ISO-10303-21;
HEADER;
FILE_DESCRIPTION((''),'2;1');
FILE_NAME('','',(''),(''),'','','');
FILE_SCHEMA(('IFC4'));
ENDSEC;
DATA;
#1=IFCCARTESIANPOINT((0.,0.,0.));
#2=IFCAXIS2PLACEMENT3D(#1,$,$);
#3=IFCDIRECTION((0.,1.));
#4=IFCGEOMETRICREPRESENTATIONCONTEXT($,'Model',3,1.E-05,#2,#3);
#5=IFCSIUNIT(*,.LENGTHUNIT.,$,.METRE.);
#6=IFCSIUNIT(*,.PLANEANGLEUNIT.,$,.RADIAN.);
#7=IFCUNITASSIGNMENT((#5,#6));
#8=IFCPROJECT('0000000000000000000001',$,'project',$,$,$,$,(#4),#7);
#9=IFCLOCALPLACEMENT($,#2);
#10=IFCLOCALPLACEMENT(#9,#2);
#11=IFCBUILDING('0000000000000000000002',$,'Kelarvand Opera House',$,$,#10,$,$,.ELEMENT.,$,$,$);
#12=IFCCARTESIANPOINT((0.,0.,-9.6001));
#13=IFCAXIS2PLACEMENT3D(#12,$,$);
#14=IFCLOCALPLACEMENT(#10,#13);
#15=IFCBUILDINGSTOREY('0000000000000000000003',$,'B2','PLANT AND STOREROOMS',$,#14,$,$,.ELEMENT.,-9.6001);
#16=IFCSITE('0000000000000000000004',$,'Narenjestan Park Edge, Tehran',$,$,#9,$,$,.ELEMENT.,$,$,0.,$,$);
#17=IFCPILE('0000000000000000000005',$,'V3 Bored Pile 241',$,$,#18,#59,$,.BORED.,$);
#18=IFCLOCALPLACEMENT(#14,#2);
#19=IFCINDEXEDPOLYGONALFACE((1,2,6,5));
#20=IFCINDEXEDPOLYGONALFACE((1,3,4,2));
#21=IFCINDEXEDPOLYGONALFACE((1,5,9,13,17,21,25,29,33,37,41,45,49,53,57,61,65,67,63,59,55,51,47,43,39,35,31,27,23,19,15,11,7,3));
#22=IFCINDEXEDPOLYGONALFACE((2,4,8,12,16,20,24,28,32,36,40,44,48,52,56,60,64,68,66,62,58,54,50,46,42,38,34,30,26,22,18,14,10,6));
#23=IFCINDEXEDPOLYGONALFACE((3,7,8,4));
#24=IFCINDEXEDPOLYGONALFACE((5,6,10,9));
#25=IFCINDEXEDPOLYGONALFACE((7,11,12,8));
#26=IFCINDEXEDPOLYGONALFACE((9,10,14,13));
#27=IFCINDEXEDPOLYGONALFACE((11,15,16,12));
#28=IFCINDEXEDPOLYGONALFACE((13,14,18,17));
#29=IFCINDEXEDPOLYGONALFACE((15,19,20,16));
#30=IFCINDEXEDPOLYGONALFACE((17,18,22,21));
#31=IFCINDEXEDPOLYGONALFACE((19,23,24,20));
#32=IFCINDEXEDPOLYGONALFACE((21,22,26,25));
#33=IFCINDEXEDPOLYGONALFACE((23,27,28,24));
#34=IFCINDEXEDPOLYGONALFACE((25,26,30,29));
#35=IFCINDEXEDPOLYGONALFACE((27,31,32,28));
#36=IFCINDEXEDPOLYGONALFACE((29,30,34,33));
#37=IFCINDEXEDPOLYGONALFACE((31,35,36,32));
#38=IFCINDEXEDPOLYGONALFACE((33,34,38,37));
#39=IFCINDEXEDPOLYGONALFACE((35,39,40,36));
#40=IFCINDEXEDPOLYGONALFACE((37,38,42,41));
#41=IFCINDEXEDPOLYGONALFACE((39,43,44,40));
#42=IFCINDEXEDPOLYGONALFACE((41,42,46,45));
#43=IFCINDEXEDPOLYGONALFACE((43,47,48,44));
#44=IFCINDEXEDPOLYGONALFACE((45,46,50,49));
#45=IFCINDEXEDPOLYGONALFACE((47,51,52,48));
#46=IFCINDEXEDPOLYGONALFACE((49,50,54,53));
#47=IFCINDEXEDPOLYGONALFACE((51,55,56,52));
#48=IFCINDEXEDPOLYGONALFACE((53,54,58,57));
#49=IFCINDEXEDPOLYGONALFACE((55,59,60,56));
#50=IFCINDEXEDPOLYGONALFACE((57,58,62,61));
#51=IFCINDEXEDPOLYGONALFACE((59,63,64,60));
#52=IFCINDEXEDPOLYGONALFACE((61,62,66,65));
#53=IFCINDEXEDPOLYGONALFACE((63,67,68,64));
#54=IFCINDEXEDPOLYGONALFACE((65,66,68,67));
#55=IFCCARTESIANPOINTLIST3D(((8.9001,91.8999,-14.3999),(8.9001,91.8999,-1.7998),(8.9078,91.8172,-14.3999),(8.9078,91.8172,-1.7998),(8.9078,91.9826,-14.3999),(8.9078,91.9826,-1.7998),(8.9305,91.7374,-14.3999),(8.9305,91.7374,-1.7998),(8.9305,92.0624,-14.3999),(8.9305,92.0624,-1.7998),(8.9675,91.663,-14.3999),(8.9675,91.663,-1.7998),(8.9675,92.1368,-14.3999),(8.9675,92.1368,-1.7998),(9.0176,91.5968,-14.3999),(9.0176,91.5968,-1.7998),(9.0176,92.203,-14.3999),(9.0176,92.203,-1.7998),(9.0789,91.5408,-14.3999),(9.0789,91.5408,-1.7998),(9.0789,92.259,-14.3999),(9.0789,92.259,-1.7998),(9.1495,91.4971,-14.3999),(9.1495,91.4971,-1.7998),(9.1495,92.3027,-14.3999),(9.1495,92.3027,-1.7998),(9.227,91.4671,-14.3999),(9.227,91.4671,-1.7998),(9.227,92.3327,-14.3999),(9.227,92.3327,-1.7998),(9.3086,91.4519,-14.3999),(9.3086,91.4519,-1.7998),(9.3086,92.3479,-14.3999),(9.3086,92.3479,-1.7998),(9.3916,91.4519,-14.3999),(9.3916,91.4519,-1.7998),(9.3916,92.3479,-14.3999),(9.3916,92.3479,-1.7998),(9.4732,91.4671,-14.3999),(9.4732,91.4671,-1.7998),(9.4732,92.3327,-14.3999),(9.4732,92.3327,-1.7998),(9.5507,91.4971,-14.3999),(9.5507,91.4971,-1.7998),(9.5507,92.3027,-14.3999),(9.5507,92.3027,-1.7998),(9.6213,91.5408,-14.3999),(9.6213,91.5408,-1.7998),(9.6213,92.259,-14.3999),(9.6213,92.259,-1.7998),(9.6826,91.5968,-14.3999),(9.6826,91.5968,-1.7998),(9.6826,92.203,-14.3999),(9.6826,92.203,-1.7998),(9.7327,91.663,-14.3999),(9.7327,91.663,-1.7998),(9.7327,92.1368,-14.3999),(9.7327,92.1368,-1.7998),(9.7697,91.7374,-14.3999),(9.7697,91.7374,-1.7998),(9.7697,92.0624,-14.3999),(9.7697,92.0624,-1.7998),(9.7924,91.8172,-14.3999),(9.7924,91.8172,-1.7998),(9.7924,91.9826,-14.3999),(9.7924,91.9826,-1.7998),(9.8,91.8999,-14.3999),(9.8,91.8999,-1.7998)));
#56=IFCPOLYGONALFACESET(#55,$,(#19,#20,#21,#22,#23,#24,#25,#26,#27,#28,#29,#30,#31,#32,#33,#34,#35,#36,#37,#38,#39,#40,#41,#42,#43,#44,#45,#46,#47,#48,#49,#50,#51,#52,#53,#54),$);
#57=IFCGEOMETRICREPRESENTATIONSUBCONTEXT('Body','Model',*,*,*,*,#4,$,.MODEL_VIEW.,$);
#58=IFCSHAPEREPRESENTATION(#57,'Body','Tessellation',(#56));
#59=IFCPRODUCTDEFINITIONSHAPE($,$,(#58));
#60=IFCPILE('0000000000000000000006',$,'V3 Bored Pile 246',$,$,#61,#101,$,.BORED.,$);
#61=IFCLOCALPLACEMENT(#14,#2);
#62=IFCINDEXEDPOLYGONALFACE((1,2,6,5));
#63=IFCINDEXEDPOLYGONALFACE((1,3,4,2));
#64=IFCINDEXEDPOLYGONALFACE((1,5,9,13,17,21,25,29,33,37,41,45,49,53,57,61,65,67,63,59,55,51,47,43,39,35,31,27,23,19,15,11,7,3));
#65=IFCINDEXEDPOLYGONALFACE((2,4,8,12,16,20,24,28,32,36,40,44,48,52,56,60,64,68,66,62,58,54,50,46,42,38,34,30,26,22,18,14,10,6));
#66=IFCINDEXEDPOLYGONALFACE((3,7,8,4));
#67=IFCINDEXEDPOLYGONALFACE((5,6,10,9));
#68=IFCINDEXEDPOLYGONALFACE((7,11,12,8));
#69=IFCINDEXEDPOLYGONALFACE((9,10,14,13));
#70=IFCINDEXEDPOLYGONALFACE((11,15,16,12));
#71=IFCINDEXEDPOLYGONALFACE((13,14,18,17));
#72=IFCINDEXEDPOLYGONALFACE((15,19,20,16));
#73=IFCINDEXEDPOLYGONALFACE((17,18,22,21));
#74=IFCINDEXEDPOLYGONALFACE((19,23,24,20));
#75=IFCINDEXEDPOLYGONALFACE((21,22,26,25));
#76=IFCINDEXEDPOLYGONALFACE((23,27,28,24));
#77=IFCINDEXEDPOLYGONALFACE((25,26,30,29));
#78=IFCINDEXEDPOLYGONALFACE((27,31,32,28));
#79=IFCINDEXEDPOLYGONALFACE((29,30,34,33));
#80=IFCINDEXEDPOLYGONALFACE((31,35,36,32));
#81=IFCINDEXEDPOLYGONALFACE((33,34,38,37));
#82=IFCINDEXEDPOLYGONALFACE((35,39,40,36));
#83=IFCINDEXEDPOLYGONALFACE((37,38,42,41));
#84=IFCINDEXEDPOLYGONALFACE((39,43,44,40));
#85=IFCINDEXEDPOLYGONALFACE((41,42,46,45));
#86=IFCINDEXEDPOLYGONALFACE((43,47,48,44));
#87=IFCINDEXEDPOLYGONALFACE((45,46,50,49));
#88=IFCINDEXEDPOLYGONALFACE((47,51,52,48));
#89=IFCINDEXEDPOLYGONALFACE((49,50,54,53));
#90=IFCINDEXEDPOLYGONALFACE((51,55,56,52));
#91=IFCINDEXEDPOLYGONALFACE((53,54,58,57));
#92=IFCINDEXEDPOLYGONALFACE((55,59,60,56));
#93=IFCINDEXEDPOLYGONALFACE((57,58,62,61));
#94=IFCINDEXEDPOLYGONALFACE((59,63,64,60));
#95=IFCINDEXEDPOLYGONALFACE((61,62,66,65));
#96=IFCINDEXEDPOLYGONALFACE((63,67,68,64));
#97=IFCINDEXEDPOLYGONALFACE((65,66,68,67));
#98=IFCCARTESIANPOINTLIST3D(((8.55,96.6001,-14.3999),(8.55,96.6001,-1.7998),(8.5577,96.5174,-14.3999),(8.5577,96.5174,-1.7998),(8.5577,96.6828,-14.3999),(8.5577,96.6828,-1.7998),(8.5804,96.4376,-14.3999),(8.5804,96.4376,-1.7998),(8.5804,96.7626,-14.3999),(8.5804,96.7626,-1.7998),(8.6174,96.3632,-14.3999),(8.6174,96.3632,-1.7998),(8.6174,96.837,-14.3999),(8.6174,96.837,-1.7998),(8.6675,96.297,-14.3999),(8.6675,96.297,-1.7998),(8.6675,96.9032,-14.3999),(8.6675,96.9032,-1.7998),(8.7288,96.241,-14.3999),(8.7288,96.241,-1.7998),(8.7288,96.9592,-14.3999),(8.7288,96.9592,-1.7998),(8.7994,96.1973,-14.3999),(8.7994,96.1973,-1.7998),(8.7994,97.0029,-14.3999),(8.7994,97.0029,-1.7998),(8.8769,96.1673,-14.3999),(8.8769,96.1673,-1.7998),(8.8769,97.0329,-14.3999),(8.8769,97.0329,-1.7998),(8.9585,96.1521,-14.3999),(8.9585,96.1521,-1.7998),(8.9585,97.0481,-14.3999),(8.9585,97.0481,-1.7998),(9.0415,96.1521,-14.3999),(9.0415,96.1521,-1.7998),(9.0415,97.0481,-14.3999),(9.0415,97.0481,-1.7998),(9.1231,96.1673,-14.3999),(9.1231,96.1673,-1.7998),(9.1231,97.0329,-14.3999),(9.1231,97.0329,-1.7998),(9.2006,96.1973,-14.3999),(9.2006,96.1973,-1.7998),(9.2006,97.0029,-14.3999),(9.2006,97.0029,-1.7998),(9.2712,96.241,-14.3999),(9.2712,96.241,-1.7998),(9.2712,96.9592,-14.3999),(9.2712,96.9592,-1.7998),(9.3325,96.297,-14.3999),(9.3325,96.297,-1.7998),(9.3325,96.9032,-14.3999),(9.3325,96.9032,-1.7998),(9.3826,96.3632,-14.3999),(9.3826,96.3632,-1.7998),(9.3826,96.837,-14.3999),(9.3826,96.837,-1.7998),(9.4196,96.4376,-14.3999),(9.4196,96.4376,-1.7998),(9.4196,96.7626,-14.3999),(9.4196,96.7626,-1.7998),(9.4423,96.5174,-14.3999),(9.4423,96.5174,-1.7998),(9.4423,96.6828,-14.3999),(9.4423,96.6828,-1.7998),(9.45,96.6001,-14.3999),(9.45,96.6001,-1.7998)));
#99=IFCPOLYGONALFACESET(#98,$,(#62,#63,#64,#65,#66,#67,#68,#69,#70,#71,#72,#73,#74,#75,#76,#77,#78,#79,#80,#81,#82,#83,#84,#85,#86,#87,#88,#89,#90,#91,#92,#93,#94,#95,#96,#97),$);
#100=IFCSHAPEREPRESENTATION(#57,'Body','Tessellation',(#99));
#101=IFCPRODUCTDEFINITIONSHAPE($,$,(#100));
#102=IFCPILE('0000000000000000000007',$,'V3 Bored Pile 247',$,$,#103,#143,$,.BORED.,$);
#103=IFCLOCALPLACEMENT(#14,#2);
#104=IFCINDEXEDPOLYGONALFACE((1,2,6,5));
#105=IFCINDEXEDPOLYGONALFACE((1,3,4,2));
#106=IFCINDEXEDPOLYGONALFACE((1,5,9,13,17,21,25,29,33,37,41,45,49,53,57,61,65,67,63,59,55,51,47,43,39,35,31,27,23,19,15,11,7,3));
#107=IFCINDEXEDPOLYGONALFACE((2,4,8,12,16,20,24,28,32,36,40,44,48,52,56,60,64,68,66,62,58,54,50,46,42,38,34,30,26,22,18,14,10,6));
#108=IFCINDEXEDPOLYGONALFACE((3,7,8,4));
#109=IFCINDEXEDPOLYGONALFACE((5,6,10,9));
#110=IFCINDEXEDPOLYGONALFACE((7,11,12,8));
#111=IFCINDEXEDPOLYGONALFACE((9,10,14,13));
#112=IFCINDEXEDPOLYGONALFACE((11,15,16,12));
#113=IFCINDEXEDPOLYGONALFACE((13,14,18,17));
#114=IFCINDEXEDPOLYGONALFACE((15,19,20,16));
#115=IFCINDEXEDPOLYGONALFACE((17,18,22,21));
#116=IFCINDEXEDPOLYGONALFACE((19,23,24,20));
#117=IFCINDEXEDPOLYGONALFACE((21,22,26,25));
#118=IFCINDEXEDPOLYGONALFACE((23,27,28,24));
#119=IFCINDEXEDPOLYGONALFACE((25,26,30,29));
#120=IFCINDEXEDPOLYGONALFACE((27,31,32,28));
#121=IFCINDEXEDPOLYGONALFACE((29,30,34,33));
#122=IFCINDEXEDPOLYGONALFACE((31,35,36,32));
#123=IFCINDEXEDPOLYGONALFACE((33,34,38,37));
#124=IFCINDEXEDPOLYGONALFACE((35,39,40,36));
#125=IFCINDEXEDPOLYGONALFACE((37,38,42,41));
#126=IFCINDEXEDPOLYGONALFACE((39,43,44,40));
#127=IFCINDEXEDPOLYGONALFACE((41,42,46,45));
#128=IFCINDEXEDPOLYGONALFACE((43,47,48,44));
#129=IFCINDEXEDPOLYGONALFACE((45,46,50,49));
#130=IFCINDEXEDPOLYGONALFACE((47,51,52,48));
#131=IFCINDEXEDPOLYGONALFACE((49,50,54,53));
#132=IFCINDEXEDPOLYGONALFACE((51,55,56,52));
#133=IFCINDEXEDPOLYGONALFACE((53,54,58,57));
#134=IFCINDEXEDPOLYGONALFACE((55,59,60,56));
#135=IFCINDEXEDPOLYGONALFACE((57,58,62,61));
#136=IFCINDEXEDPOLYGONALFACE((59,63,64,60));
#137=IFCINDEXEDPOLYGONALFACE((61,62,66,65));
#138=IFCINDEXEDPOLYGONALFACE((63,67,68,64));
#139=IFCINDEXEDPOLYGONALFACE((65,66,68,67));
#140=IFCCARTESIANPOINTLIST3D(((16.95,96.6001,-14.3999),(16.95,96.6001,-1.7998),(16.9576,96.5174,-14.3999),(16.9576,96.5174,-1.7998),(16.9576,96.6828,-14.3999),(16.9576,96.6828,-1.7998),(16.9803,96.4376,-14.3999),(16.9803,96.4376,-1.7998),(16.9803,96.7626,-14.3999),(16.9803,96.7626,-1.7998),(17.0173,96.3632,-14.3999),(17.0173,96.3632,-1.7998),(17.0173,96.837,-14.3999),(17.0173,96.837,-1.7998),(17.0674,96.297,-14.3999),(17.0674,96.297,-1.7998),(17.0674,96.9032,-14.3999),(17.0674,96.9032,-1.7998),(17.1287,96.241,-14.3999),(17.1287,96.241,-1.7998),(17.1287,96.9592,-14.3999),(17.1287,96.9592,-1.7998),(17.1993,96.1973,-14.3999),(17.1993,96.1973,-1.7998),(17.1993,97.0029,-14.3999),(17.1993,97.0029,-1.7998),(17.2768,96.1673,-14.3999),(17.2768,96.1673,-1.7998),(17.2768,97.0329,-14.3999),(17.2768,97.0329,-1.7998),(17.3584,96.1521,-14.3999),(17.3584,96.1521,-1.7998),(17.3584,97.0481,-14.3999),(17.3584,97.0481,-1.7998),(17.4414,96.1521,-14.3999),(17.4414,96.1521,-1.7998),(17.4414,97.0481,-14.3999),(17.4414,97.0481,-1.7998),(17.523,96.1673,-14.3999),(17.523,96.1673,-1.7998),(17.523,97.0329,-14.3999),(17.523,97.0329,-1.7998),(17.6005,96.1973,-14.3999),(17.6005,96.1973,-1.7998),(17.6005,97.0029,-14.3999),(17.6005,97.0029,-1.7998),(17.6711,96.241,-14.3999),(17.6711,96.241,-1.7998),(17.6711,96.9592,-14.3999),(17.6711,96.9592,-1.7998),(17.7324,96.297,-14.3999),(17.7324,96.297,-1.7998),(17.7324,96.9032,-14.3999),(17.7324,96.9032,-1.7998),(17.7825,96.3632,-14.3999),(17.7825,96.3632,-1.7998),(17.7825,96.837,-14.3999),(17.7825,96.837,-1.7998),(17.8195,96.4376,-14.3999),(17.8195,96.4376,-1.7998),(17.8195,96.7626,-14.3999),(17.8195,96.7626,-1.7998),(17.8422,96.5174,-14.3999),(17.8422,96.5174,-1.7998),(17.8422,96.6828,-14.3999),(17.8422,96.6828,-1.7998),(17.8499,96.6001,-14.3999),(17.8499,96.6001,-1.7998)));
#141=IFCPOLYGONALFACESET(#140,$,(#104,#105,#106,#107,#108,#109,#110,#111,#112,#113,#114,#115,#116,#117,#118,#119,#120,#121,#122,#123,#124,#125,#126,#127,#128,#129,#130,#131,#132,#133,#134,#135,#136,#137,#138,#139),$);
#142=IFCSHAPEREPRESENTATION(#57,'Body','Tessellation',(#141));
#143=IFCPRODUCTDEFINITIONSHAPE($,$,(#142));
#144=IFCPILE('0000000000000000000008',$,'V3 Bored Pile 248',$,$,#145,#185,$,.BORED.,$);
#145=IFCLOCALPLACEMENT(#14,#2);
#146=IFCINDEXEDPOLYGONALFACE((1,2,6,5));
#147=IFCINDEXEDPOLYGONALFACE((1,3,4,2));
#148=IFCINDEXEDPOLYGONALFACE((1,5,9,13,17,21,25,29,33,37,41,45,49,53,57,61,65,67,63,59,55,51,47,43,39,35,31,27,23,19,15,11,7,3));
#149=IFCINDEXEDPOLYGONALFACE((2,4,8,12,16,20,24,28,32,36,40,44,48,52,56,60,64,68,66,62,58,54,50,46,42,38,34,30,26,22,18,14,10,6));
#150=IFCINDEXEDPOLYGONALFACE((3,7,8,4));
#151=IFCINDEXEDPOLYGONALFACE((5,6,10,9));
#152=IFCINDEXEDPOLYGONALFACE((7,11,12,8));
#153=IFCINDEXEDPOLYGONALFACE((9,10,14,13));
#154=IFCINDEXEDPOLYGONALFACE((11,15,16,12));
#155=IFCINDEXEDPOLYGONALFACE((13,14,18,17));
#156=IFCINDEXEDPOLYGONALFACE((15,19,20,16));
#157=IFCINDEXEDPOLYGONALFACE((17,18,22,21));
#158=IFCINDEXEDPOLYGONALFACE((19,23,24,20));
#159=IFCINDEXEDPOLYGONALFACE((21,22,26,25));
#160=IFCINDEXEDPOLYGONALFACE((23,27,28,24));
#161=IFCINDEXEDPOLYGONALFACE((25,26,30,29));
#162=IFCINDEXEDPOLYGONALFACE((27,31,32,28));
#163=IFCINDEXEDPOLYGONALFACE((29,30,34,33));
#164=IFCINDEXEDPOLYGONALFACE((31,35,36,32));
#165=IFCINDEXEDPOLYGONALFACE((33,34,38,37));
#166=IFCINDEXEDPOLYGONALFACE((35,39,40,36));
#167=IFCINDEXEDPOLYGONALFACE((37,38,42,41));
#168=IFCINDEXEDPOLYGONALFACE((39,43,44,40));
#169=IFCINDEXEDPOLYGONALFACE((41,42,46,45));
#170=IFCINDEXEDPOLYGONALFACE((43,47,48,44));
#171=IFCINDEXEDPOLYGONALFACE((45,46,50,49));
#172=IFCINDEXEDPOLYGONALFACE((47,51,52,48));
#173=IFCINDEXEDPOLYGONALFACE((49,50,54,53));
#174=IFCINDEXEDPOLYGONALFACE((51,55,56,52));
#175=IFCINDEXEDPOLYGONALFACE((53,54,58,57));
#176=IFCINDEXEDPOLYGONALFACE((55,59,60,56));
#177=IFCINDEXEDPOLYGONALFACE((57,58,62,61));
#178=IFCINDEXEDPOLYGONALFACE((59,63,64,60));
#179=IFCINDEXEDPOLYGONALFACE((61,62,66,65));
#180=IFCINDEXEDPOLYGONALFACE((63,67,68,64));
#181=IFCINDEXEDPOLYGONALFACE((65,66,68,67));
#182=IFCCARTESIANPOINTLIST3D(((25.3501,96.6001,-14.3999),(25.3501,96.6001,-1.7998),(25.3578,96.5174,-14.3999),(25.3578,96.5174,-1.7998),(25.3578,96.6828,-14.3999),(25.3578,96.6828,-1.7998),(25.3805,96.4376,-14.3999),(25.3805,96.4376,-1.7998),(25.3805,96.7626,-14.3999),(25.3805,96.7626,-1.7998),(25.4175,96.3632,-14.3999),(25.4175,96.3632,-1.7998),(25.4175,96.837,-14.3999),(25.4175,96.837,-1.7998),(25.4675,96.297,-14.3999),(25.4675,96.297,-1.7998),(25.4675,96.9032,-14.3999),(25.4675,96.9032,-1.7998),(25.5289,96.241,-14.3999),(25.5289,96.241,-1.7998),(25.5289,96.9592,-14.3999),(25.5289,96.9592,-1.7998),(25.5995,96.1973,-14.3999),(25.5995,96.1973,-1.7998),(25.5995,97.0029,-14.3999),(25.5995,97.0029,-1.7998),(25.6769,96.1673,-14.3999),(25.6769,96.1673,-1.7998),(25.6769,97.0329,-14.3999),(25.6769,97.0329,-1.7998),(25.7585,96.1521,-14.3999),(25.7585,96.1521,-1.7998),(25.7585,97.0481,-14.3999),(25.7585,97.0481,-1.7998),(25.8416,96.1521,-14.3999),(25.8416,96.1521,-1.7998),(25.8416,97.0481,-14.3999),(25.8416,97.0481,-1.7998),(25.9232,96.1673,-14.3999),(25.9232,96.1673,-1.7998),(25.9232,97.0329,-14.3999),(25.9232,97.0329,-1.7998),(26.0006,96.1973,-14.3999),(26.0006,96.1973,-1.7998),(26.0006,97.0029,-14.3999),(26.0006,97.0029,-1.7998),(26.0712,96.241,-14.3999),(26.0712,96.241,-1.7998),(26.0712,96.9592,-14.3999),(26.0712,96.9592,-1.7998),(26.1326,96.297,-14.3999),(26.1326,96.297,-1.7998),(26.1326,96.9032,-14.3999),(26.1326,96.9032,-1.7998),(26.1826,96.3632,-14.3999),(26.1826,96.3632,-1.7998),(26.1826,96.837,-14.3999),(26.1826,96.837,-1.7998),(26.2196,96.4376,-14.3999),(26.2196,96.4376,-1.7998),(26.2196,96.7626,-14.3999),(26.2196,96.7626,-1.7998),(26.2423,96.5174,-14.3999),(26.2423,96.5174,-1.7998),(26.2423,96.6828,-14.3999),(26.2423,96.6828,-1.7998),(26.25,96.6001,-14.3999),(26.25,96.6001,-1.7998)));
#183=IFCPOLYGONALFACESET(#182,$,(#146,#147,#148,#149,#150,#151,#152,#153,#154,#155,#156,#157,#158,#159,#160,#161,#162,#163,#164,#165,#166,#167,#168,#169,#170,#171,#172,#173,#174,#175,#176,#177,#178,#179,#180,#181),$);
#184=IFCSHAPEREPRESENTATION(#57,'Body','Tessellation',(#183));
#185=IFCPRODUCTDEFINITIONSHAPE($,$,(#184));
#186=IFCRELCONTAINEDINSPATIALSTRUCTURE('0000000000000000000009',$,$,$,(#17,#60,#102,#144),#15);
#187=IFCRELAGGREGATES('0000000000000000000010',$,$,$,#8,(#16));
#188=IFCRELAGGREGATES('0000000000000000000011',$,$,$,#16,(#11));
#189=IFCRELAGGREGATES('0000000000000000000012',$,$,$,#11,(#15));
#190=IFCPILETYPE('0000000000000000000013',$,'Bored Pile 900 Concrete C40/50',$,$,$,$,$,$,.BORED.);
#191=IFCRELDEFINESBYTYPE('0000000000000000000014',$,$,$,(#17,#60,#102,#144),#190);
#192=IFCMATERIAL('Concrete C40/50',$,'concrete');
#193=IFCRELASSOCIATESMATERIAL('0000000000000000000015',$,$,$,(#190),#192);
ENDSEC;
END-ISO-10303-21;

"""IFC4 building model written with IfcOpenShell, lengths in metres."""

from ifc_helpers import new_model, si_unit, direction, frame, origin, origin_2d, place, context, subcontext, project, spatial, circle, extrude, material, material_profile, profile_set, type_object, element, save


model = new_model("IFC4")

# Units and contexts
model_context = context("Model", 3, precision=1e-05, world=origin(), true_north=direction((0.0, 1.0)))
body_context = subcontext(model_context, "Body", "Model", "MODEL_VIEW")
ifc_project = project(units=[si_unit("LENGTHUNIT", "METRE"), si_unit("PLANEANGLEUNIT", "RADIAN")], contexts=[model_context])

# Site, building, storey
site_placement = place(None, origin())
site = spatial("IfcSite", under=ifc_project, at=site_placement, Name="Narenjestan Park Edge, Tehran", CompositionType="ELEMENT", RefElevation=0.0)
building_placement = place(site_placement, origin())
building = spatial("IfcBuilding", under=site, at=building_placement, Name="Kelarvand Opera House", CompositionType="ELEMENT")
storey_placement = place(building_placement, frame((0.0, 0.0, -9.6001)))
storey = spatial("IfcBuildingStorey", under=building, at=storey_placement, Name="B2", Description="PLANT AND STOREROOMS", CompositionType="ELEMENT", Elevation=-9.6001)

# Piles
ifc_material_1 = material(Name="Concrete C40/50", Category="concrete")
ifc_material_profile_1 = material_profile(ifc_material_1, circle(Radius=0.45, at=origin_2d()), Name="BP 900", Category="concrete")
ifc_profile_set_1 = profile_set([ifc_material_profile_1], Name="Concrete C40/50")
pile_type = type_object("IfcPileType", Name="Bored Pile 900 Concrete C40/50", PredefinedType="BORED", material=ifc_profile_set_1)
for number, where, z_axis, x_axis, name in (
    (1, (9.3501, 91.8999, -1.7998), (0.0, 0.0, -1.0), (1.0, 0.0, 0.0), "V3 Bored Pile 241"),
    (2, (9.0, 96.6001, -1.7998), (0.0, 0.0, -1.0), (1.0, 0.0, 0.0), "V3 Bored Pile 246"),
    (3, (17.3999, 96.6001, -1.7998), (0.0, 0.0, -1.0), (1.0, 0.0, 0.0), "V3 Bored Pile 247"),
    (4, (25.8, 96.6001, -1.7998), (0.0, 0.0, -1.0), (1.0, 0.0, 0.0), "V3 Bored Pile 248"),
):
    element("IfcPile", number, at=place(storey_placement, frame(where, z_axis=z_axis, x_axis=x_axis)), inside=storey, type_object=pile_type, Name=name, PredefinedType="BORED", context=body_context, shape_type="SweptSolid", body=[
        extrude(circle(Radius=0.45, at=origin_2d()), origin(), (0.0, 0.0, 1.0), 12.6001),
    ])

save(model, "model.ifc")
